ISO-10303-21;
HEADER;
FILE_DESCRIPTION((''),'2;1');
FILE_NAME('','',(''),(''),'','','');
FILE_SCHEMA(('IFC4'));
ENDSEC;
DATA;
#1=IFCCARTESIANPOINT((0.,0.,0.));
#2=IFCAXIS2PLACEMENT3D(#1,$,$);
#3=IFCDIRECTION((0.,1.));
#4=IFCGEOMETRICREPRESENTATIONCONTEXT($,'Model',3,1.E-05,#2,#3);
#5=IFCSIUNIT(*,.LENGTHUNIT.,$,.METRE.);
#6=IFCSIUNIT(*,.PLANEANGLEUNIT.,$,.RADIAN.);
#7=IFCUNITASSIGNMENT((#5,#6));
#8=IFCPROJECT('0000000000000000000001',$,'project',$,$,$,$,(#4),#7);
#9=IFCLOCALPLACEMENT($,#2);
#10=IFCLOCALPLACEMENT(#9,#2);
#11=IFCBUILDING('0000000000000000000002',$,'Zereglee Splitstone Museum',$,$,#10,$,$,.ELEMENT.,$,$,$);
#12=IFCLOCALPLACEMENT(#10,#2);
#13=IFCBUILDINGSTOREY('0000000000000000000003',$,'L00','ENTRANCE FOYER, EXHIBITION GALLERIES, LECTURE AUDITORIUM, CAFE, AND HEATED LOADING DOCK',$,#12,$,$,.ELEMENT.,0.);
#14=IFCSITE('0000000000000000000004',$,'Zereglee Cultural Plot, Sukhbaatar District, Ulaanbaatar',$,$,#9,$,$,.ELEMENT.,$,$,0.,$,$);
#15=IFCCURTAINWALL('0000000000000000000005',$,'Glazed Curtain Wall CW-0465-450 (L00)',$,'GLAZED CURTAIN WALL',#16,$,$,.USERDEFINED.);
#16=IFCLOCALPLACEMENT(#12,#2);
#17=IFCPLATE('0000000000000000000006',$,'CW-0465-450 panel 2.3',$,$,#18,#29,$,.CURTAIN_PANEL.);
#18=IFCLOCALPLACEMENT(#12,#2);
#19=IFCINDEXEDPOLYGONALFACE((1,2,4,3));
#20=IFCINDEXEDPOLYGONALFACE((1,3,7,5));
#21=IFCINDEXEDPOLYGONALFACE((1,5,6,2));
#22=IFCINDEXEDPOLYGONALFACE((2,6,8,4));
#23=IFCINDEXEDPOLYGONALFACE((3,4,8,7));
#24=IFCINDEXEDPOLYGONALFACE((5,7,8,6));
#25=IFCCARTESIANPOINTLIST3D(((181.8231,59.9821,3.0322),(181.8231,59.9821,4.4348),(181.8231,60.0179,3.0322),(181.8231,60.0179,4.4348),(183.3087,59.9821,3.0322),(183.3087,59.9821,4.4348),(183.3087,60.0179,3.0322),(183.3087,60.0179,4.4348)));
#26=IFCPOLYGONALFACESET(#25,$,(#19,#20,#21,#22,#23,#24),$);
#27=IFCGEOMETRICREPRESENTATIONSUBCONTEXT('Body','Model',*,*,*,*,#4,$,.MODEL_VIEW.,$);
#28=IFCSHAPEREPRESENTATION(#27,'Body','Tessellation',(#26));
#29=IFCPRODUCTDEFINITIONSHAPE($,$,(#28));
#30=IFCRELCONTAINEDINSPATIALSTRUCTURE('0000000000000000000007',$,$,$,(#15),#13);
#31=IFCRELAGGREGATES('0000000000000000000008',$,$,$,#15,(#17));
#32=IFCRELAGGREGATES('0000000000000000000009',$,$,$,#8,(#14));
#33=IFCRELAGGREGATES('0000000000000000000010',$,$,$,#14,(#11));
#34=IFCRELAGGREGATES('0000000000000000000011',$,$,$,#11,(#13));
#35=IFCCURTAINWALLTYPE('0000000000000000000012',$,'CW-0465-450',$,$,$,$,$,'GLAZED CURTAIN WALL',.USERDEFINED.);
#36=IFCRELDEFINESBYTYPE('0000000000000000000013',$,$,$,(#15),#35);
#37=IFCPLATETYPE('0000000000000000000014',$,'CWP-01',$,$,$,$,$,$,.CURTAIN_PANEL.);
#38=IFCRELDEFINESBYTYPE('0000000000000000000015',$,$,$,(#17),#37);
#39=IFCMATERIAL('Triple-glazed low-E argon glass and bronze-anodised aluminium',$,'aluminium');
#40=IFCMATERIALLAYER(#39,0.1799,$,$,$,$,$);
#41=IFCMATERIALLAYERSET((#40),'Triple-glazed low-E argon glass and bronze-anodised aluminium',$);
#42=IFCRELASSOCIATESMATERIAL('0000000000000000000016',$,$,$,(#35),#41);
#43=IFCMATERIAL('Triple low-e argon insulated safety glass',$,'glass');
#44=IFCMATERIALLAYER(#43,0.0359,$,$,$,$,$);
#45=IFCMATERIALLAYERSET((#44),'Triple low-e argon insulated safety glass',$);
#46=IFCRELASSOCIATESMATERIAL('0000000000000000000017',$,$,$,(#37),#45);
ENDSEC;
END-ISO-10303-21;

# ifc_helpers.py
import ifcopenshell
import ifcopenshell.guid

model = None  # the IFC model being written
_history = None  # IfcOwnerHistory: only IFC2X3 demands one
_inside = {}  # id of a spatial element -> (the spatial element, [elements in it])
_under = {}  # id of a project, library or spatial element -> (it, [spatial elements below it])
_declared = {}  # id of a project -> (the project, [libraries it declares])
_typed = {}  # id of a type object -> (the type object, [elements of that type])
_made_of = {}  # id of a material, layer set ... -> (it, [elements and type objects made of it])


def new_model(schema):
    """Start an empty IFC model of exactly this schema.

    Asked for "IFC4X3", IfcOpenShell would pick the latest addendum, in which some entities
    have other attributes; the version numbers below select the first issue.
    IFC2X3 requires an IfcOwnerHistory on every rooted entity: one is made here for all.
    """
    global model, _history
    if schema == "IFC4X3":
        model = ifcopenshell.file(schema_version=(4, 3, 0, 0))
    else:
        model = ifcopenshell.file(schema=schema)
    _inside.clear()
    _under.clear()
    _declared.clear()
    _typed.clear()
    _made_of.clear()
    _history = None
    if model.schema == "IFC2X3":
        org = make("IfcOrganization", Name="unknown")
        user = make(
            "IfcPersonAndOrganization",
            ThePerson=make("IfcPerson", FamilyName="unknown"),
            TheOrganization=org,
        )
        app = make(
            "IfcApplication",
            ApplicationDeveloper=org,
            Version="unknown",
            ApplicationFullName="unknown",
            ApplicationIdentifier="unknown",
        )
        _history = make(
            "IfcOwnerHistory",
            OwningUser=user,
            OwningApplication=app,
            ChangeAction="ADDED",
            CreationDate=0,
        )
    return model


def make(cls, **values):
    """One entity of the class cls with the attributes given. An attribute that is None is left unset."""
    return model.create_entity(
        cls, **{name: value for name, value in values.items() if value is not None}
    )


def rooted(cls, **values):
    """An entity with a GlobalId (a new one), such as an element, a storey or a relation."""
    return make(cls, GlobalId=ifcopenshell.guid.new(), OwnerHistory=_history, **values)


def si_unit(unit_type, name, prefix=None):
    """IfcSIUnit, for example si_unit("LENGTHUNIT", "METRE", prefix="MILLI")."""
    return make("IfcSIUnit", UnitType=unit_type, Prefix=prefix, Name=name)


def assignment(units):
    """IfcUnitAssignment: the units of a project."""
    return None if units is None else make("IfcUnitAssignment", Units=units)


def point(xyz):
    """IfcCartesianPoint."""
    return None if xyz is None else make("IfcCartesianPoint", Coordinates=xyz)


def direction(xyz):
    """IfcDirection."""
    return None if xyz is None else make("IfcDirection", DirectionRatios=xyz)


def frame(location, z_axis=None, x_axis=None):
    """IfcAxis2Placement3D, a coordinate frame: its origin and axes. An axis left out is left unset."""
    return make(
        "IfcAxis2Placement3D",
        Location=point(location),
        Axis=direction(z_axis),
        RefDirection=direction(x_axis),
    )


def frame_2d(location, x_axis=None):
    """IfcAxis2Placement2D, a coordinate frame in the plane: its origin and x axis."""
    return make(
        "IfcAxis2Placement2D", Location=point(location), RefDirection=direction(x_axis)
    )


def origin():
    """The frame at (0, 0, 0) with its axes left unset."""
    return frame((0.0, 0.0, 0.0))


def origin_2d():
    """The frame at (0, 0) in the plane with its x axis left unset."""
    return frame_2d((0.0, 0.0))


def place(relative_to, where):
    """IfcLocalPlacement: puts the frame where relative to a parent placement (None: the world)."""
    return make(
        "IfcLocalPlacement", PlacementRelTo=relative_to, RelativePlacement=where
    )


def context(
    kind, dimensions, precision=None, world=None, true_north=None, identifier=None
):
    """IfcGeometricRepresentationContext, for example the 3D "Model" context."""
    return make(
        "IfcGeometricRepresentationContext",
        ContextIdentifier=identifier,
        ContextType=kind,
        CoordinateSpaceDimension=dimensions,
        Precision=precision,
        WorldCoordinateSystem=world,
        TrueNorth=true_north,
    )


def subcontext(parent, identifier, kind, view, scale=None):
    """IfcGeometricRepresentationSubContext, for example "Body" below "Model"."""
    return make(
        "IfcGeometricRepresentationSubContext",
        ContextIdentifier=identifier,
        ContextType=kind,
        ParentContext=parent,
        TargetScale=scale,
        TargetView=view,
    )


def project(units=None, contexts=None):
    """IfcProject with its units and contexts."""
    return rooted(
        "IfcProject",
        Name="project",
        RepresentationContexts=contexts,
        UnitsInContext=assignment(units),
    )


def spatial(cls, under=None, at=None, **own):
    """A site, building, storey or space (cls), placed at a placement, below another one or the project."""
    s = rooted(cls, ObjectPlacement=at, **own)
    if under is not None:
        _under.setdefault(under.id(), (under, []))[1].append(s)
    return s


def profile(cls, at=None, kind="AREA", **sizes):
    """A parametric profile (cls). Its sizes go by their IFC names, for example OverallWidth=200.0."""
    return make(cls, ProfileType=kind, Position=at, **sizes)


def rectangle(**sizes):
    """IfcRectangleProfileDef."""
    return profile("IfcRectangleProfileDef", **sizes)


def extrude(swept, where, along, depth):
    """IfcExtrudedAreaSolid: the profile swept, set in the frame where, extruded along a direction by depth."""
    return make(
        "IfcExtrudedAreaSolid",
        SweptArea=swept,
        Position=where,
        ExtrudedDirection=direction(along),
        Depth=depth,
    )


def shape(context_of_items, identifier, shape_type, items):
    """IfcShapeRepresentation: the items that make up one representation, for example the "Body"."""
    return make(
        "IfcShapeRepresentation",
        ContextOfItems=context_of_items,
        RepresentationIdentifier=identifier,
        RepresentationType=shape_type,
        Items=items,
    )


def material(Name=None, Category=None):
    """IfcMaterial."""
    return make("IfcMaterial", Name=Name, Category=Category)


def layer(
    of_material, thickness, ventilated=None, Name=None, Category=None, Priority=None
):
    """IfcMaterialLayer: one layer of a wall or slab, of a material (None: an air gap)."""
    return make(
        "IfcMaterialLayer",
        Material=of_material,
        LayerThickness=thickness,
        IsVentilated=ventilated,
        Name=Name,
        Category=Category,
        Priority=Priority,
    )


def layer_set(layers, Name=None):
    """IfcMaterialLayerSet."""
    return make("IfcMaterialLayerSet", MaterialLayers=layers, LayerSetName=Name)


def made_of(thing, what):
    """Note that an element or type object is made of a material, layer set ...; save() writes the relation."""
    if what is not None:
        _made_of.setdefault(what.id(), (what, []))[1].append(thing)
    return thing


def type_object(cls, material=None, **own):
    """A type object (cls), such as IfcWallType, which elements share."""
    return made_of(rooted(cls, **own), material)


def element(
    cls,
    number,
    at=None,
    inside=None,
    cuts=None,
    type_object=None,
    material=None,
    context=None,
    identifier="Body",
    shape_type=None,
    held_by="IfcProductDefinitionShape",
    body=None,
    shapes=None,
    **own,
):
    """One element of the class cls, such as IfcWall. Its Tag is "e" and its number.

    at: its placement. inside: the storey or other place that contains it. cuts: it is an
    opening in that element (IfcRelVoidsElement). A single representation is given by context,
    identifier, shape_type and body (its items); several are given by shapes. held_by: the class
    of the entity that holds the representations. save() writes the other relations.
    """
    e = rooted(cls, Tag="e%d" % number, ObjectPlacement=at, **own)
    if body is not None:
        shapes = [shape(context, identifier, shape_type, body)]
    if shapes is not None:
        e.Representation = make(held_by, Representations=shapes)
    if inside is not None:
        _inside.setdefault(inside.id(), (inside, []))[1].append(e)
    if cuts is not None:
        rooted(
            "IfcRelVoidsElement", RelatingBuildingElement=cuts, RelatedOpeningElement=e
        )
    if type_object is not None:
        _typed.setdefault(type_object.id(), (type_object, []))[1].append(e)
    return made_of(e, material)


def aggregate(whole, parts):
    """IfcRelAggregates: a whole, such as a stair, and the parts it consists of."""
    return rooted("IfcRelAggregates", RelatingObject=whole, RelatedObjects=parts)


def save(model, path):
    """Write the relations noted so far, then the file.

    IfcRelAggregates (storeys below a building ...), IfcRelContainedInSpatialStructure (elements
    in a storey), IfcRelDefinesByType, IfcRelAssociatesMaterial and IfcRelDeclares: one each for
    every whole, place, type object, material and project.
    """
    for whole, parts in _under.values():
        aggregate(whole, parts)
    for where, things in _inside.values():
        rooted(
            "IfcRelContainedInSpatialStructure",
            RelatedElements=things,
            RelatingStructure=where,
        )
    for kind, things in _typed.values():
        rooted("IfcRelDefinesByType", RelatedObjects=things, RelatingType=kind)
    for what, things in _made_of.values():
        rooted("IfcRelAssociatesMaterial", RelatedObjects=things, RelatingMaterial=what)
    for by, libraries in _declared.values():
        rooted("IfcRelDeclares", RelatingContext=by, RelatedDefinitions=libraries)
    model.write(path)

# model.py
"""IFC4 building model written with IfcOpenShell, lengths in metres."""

from ifc_helpers import new_model, si_unit, direction, frame, origin, origin_2d, place, context, subcontext, project, spatial, rectangle, extrude, material, layer, layer_set, type_object, element, aggregate, save


model = new_model("IFC4")

# Units and contexts
model_context = context("Model", 3, precision=1e-05, world=origin(), true_north=direction((0.0, 1.0)))
body_context = subcontext(model_context, "Body", "Model", "MODEL_VIEW")
ifc_project = project(units=[si_unit("LENGTHUNIT", "METRE"), si_unit("PLANEANGLEUNIT", "RADIAN")], contexts=[model_context])

# Site, building, storey
site_placement = place(None, origin())
site = spatial("IfcSite", under=ifc_project, at=site_placement, Name="Zereglee Cultural Plot, Sukhbaatar District, Ulaanbaatar", CompositionType="ELEMENT", RefElevation=0.0)
building_placement = place(site_placement, origin())
building = spatial("IfcBuilding", under=site, at=building_placement, Name="Zereglee Splitstone Museum", CompositionType="ELEMENT")
storey_placement = place(building_placement, origin())
storey = spatial("IfcBuildingStorey", under=building, at=storey_placement, Name="L00", Description="ENTRANCE FOYER, EXHIBITION GALLERIES, LECTURE AUDITORIUM, CAFE, AND HEATED LOADING DOCK", CompositionType="ELEMENT", Elevation=0.0)

# Shared definitions
ifc_material_1 = material(Name="Triple-glazed low-E argon glass and bronze-anodised aluminium", Category="aluminium")

# Curtain wall
ifc_layer_1 = layer(ifc_material_1, 0.1799)
ifc_layer_set_1 = layer_set([ifc_layer_1], Name="Triple-glazed low-E argon glass and bronze-anodised aluminium")
curtain_wall_type_1 = type_object("IfcCurtainWallType", Name="CW-0465-450", ElementType="GLAZED CURTAIN WALL", PredefinedType="USERDEFINED", material=ifc_layer_set_1)
curtain_wall_1_placement = place(storey_placement, origin())
curtain_wall_1 = element("IfcCurtainWall", 1, at=curtain_wall_1_placement, inside=storey, type_object=curtain_wall_type_1, Name="Glazed Curtain Wall CW-0465-450 (L00)", ObjectType="GLAZED CURTAIN WALL", PredefinedType="USERDEFINED")

# Plate
ifc_material_2 = material(Name="Triple low-e argon insulated safety glass", Category="glass")
ifc_layer_2 = layer(ifc_material_2, 0.0359)
ifc_layer_set_2 = layer_set([ifc_layer_2], Name="Triple low-e argon insulated safety glass")
plate_type = type_object("IfcPlateType", Name="CWP-01", PredefinedType="CURTAIN_PANEL", material=ifc_layer_set_2)
plate_1_placement = place(storey_placement, frame((182.5659, 60.0, 3.0322), z_axis=(0.0, 0.0, 1.0), x_axis=(-1.0, 0.0, 0.0)))
plate_1 = element("IfcPlate", 2, at=plate_1_placement, type_object=plate_type, Name="CW-0465-450 panel 2.3", PredefinedType="CURTAIN_PANEL", context=body_context, shape_type="SweptSolid", body=[
    extrude(rectangle(XDim=1.4856, YDim=0.0359, at=origin_2d()), origin(), (0.0, 0.0, 1.0), 1.4026),
])
aggregate(curtain_wall_1, [plate_1])

save(model, "model.ifc")
